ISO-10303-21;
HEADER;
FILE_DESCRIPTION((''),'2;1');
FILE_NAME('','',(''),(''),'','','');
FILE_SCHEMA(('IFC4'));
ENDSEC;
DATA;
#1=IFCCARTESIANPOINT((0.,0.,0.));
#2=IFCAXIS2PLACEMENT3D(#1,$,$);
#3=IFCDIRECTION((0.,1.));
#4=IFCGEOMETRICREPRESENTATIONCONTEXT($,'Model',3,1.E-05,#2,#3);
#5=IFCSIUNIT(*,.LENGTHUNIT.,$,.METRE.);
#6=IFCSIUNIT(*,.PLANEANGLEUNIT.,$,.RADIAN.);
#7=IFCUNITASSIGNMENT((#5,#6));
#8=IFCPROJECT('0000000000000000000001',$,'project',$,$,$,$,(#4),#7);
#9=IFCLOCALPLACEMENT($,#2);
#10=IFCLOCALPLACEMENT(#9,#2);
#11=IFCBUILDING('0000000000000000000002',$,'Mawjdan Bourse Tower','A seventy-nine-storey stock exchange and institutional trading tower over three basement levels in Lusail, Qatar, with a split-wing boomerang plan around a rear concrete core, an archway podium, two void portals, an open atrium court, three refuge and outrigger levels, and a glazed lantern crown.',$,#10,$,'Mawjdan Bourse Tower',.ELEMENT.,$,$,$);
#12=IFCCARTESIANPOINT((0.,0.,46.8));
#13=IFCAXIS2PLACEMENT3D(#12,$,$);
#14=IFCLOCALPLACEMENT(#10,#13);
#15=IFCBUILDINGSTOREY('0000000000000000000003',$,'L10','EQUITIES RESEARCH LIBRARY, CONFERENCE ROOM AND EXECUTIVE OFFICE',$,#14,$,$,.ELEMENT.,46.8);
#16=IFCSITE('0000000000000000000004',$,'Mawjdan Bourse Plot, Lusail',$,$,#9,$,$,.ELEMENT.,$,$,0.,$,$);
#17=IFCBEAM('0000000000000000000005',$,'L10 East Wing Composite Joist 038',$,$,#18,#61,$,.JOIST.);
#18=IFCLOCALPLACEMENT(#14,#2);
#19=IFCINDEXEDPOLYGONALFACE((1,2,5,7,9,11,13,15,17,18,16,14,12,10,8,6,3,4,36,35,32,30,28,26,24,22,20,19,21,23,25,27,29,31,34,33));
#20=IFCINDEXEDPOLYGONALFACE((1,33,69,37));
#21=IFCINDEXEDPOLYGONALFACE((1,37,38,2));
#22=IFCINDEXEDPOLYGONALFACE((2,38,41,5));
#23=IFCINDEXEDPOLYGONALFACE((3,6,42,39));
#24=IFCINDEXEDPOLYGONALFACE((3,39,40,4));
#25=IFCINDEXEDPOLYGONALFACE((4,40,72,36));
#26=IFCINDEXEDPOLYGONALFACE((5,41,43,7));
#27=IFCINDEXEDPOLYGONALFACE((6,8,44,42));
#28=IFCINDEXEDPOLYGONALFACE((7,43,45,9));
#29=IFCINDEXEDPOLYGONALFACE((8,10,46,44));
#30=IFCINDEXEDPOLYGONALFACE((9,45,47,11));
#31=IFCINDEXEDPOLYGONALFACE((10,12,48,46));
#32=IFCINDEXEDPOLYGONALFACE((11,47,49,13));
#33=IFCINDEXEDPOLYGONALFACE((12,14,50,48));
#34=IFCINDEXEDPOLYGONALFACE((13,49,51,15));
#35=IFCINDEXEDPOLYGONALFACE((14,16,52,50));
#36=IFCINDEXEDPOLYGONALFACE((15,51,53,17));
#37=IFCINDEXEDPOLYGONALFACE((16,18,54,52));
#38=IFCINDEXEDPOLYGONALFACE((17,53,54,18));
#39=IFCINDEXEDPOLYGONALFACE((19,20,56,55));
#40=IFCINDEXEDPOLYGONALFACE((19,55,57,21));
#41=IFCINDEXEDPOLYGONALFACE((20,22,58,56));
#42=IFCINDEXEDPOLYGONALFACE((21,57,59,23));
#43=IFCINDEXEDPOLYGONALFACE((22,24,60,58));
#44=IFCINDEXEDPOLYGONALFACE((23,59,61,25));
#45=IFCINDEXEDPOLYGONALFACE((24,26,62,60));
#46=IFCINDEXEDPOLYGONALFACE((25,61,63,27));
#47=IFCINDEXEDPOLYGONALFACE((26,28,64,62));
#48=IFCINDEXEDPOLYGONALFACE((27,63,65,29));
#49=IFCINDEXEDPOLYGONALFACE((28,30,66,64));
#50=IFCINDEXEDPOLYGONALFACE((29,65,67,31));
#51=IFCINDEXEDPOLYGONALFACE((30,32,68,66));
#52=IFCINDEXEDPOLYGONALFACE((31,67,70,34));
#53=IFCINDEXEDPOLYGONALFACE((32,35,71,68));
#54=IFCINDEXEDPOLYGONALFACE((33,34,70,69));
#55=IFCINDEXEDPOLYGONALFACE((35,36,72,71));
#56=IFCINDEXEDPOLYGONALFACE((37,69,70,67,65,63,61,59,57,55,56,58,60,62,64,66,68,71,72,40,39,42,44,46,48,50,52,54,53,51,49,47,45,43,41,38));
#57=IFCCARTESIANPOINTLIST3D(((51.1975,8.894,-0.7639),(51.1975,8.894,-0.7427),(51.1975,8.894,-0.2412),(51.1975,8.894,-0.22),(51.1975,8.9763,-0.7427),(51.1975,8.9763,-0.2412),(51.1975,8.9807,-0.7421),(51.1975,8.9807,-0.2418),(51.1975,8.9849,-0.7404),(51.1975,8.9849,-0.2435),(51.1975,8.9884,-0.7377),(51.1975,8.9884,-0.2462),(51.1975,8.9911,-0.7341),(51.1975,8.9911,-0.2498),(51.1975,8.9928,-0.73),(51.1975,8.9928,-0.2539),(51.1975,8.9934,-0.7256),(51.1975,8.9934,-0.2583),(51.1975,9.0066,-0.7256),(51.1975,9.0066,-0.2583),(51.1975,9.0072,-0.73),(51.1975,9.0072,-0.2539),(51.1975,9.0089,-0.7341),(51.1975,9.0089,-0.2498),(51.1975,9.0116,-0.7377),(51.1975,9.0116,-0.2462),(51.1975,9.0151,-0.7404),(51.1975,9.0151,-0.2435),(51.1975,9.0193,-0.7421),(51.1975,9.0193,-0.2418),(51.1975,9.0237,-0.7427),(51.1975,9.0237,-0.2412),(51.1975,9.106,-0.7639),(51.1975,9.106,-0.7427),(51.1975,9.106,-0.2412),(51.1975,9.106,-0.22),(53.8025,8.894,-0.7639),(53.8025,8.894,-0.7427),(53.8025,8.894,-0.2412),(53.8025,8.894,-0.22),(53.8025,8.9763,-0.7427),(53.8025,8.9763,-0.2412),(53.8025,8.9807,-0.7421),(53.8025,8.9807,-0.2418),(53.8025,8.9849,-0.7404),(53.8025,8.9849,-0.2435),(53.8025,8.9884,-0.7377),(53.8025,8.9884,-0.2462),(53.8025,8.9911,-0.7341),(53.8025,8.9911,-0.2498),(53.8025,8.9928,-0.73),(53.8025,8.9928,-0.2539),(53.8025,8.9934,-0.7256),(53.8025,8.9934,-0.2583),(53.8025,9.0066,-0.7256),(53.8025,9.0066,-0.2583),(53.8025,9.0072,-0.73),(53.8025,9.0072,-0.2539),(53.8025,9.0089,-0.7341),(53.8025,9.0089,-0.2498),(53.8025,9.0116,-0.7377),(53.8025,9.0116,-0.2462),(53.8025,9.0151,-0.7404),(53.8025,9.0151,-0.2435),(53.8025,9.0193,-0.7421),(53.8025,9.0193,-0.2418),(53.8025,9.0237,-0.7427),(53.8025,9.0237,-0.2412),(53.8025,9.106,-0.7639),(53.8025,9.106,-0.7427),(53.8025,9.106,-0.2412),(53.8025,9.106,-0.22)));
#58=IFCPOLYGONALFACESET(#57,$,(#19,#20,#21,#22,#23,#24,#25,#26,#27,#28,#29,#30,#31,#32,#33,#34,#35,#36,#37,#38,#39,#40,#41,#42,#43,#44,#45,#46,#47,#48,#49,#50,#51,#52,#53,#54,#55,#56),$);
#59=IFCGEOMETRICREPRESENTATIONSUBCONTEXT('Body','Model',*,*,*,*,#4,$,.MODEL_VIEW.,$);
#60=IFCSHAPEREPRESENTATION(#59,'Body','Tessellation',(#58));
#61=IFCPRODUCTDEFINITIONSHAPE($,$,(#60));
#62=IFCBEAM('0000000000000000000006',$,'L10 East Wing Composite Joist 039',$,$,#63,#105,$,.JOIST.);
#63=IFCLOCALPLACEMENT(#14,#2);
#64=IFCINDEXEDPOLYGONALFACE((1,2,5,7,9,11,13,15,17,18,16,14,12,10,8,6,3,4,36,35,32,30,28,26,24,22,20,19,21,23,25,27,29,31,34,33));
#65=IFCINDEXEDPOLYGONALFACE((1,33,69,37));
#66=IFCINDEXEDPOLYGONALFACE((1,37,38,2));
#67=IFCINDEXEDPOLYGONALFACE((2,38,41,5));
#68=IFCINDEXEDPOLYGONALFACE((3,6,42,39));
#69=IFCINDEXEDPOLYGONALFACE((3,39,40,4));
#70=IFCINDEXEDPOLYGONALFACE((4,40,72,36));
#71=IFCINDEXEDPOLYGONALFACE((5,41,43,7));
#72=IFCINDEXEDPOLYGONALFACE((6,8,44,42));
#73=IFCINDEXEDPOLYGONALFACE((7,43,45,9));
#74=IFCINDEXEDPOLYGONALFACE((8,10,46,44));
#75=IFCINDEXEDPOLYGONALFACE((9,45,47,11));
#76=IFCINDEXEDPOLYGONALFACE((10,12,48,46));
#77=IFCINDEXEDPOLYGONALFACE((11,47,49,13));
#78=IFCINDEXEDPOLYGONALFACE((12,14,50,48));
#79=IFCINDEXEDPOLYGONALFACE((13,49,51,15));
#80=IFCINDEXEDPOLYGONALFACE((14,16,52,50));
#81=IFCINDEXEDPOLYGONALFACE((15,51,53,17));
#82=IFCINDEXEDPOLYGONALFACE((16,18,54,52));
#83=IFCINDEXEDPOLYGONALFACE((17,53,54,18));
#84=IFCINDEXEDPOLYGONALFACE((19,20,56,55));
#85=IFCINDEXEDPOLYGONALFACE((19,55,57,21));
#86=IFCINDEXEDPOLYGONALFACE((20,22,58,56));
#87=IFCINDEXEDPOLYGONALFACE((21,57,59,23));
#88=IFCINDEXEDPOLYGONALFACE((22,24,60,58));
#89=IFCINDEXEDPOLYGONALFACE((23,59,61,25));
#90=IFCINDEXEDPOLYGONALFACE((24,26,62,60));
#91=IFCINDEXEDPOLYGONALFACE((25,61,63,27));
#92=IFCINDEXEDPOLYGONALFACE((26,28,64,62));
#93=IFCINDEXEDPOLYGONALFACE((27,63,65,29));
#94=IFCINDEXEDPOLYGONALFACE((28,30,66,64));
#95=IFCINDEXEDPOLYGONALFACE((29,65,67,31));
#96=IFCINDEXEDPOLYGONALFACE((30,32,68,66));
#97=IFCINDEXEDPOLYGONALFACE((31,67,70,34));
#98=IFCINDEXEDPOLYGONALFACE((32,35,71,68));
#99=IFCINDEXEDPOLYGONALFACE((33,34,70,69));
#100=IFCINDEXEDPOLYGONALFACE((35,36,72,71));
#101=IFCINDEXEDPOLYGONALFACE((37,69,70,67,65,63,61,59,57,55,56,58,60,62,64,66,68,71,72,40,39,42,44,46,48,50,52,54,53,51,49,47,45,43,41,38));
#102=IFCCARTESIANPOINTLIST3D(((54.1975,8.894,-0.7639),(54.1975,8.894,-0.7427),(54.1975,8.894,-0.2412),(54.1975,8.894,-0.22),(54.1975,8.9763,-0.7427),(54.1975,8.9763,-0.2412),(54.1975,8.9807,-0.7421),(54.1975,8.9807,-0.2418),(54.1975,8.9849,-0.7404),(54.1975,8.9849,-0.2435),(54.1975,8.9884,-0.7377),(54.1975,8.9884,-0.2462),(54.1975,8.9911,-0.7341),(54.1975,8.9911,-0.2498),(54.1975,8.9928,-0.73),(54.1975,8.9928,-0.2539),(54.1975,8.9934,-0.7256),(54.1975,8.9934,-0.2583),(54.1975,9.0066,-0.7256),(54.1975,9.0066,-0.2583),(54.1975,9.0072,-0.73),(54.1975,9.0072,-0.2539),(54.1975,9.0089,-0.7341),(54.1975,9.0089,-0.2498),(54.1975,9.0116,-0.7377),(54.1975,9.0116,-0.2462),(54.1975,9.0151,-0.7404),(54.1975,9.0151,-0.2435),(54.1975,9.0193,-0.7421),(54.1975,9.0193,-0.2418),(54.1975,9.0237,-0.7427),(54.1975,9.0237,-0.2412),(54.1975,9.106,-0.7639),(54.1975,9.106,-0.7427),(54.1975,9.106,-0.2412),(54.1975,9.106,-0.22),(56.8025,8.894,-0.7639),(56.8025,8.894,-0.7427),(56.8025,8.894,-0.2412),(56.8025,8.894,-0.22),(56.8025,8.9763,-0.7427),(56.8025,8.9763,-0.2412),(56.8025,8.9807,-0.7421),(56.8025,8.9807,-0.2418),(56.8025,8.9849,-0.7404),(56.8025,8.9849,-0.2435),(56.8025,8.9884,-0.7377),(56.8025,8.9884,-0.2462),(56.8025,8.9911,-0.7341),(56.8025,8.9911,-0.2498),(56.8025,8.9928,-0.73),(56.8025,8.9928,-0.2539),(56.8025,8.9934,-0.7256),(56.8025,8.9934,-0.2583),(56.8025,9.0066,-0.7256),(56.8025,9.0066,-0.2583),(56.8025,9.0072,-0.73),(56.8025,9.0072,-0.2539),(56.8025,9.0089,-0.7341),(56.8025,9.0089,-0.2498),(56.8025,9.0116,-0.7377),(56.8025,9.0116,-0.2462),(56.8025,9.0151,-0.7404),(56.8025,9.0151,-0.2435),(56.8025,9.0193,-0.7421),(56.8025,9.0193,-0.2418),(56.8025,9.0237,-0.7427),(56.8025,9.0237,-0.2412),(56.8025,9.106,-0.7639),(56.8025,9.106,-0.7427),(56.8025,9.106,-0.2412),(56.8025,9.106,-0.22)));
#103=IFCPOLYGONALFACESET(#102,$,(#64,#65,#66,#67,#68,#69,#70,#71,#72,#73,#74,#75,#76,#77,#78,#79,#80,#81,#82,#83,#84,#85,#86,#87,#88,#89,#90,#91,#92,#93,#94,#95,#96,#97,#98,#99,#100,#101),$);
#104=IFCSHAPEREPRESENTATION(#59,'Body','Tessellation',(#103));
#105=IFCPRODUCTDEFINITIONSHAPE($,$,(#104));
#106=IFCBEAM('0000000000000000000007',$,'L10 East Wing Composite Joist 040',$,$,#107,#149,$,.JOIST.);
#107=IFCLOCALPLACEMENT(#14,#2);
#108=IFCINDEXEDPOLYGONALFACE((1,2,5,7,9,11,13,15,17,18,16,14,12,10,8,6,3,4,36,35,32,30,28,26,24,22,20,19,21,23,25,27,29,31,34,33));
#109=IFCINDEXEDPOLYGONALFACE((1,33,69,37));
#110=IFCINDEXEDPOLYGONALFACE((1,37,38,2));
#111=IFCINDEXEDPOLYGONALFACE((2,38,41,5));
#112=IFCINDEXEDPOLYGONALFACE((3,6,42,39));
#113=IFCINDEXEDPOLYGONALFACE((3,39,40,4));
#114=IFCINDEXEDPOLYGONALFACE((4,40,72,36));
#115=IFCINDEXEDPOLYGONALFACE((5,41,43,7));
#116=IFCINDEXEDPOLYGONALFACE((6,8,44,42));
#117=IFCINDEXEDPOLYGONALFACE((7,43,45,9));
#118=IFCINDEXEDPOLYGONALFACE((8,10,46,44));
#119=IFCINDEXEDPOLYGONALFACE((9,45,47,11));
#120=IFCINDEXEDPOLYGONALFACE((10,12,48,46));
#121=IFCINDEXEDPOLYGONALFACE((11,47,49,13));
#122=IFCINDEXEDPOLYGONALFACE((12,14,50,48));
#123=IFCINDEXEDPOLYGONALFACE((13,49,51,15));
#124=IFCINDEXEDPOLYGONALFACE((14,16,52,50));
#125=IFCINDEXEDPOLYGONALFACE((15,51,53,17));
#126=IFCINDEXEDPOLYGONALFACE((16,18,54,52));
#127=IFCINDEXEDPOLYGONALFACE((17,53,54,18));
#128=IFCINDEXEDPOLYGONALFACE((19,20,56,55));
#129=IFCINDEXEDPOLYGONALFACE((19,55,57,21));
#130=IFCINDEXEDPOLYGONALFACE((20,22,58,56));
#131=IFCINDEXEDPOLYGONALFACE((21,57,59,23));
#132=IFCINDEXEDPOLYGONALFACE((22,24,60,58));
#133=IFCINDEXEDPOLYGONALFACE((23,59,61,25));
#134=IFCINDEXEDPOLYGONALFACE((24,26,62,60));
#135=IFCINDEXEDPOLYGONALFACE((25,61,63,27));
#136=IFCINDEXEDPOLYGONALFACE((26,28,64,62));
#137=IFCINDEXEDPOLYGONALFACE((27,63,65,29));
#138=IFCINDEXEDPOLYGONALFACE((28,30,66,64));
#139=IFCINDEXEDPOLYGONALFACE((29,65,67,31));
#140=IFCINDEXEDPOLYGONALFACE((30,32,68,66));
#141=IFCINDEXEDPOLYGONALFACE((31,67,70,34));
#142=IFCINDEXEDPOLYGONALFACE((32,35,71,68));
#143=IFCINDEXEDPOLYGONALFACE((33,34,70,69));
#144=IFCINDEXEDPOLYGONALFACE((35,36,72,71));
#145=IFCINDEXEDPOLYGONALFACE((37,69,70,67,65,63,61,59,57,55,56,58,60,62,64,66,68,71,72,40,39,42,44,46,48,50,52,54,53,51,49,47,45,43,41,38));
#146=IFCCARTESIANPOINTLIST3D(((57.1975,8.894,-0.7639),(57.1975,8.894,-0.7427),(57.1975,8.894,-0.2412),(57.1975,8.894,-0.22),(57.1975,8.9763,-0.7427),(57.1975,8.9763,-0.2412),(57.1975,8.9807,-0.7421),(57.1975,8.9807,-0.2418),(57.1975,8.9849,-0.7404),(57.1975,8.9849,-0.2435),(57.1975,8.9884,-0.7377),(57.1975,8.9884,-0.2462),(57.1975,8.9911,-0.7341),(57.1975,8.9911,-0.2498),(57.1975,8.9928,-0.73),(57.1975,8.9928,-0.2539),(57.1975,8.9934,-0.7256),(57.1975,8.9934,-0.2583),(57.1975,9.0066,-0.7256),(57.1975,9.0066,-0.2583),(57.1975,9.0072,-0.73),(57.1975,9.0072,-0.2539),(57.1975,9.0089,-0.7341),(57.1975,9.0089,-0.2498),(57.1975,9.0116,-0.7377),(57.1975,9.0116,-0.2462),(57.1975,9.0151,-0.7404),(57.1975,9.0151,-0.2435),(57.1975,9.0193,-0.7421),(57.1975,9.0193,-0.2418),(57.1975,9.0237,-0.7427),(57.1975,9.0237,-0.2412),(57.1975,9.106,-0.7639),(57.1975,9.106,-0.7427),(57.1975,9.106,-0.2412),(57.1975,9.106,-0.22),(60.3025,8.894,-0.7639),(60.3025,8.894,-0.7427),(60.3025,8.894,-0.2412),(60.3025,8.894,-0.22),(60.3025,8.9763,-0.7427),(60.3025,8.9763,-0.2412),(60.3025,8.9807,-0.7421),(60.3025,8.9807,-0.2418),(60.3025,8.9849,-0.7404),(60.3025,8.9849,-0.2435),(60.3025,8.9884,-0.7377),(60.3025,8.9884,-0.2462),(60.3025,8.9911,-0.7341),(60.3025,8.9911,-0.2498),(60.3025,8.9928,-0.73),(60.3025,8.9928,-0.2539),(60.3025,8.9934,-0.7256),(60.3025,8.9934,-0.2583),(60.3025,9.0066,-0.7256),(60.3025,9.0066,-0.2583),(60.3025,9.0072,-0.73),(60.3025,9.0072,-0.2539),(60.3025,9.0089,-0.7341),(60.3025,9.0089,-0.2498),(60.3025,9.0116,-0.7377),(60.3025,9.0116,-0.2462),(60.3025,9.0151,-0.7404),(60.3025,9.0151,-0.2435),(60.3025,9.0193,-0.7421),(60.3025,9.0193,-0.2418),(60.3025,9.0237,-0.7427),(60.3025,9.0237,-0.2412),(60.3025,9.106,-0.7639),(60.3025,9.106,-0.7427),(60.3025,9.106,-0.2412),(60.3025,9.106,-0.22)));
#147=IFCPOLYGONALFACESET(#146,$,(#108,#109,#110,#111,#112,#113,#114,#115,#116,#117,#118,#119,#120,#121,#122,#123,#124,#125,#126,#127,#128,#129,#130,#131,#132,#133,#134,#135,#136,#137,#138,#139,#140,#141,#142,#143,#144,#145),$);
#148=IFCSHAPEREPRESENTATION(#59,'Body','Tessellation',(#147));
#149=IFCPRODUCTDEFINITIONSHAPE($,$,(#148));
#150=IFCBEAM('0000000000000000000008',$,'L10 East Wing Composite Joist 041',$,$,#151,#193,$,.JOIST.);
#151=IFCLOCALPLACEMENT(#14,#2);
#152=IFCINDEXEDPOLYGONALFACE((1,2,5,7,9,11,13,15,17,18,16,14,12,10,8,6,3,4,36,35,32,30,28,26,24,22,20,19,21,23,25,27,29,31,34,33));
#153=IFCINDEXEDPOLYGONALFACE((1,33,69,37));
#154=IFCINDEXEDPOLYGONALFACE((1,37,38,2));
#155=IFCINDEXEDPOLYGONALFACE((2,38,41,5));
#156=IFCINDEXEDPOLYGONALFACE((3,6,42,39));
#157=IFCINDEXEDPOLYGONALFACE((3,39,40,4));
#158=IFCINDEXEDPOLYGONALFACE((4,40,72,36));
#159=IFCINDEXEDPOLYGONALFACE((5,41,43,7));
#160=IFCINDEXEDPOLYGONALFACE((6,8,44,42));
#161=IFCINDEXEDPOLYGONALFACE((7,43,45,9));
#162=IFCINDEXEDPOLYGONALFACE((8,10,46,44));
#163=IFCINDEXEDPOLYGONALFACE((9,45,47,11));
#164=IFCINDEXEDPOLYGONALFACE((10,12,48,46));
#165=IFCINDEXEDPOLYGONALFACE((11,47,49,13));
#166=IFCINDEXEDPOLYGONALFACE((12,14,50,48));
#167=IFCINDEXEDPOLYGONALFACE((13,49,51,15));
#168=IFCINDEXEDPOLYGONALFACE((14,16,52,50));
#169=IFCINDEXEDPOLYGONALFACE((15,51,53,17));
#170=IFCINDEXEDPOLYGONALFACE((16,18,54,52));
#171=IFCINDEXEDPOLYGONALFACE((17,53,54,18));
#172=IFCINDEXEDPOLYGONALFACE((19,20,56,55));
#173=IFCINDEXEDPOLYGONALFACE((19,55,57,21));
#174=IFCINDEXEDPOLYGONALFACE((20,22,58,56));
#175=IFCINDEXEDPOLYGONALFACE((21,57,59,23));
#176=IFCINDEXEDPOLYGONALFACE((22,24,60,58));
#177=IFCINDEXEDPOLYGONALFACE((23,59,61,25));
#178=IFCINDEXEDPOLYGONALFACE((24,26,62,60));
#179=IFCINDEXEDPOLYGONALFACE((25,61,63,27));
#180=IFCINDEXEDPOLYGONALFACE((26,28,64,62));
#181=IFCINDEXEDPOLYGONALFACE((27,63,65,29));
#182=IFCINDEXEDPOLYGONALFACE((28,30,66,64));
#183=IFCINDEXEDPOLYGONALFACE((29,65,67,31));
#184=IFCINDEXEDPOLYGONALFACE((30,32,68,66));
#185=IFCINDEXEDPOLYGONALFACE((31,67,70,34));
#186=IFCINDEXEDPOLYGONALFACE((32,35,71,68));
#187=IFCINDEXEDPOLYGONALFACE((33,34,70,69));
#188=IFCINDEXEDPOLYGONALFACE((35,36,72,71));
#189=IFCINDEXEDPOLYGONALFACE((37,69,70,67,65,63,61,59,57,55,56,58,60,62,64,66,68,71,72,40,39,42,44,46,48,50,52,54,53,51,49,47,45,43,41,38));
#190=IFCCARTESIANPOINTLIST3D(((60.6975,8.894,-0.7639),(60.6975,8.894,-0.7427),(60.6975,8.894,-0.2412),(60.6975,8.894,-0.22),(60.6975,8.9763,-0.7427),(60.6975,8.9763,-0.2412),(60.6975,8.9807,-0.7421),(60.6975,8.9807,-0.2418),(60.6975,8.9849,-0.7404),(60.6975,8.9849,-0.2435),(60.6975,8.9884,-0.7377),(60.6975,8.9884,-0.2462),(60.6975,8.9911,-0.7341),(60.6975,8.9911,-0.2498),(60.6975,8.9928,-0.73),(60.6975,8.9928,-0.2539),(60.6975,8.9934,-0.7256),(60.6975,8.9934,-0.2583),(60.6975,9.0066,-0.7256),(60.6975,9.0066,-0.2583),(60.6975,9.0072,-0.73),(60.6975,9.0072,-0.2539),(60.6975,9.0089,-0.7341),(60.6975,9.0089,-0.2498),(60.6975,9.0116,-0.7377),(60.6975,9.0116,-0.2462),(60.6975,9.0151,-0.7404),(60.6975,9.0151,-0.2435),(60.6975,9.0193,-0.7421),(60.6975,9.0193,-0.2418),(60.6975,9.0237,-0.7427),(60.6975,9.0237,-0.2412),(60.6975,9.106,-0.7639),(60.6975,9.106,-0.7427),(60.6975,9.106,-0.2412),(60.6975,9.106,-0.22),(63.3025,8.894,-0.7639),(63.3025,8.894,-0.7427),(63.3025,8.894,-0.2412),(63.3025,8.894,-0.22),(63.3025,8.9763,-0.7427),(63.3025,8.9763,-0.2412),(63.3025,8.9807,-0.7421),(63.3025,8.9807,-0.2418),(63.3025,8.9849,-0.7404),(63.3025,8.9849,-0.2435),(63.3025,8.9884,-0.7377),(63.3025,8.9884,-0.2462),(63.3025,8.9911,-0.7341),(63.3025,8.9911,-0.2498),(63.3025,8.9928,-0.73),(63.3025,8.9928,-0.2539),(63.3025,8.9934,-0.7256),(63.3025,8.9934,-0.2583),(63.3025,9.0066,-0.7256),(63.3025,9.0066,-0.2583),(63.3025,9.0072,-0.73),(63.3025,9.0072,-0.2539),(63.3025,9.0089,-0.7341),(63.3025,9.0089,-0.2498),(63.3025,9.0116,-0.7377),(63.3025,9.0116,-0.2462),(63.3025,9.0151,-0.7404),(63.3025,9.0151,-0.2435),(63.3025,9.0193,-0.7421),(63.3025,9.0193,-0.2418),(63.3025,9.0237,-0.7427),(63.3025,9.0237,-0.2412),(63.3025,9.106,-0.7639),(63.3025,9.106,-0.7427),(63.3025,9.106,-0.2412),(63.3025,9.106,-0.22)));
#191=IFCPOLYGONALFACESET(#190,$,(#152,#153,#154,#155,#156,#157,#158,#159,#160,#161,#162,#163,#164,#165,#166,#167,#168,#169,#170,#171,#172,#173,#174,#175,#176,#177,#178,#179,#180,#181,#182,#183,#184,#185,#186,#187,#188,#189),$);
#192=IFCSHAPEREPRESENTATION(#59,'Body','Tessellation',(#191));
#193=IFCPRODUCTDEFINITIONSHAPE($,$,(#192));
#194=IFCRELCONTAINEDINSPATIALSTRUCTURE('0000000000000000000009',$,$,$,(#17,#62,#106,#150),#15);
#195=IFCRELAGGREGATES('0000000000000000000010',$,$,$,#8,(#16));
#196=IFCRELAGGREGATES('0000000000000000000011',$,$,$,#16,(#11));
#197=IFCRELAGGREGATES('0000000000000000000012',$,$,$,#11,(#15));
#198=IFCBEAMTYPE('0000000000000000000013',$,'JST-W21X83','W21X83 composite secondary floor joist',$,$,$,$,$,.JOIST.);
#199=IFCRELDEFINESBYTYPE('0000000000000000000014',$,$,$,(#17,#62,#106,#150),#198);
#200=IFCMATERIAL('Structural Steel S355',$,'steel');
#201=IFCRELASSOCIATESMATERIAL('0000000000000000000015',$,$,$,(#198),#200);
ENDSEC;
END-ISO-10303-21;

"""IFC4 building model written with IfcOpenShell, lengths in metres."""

from ifc_helpers import new_model, si_unit, direction, frame, origin, origin_2d, place, context, subcontext, project, spatial, i_section, extrude, material, material_profile, profile_set, type_object, element, save


model = new_model("IFC4")

# Units and contexts
model_context = context("Model", 3, precision=1e-05, world=origin(), true_north=direction((0.0, 1.0)))
body_context = subcontext(model_context, "Body", "Model", "MODEL_VIEW")
ifc_project = project(units=[si_unit("LENGTHUNIT", "METRE"), si_unit("PLANEANGLEUNIT", "RADIAN")], contexts=[model_context])

# Site, building, storey
site_placement = place(None, origin())
site = spatial("IfcSite", under=ifc_project, at=site_placement, Name="Mawjdan Bourse Plot, Lusail", CompositionType="ELEMENT", RefElevation=0.0)
building_placement = place(site_placement, origin())
building = spatial("IfcBuilding", under=site, at=building_placement, Name="Mawjdan Bourse Tower", Description="A seventy-nine-storey stock exchange and institutional trading tower over three basement levels in Lusail, Qatar, with a split-wing boomerang plan around a rear concrete core, an archway podium, two void portals, an open atrium court, three refuge and outrigger levels, and a glazed lantern crown.", LongName="Mawjdan Bourse Tower", CompositionType="ELEMENT")
storey_placement = place(building_placement, frame((0.0, 0.0, 46.8)))
storey = spatial("IfcBuildingStorey", under=building, at=storey_placement, Name="L10", Description="EQUITIES RESEARCH LIBRARY, CONFERENCE ROOM AND EXECUTIVE OFFICE", CompositionType="ELEMENT", Elevation=46.8)

# Beams
ifc_material_1 = material(Name="Structural Steel S355", Category="steel")
ifc_material_profile_1 = material_profile(ifc_material_1, i_section(OverallWidth=0.2119, OverallDepth=0.5439, WebThickness=0.0132, FlangeThickness=0.0212, FilletRadius=0.0171, at=origin_2d()), Name="W21X83")
ifc_profile_set_1 = profile_set([ifc_material_profile_1], Name="Structural Steel S355")
beam_type_1 = type_object("IfcBeamType", Name="JST-W21X83", Description="W21X83 composite secondary floor joist", PredefinedType="JOIST", material=ifc_profile_set_1)
for number, where, z_axis, x_axis, name in (
    (1, (51.1975, 9.0, -0.4919), (1.0, 0.0, 0.0), (0.0, 1.0, 0.0), "L10 East Wing Composite Joist 038"),
    (2, (54.1975, 9.0, -0.4919), (1.0, 0.0, 0.0), (0.0, 1.0, 0.0), "L10 East Wing Composite Joist 039"),
):
    element("IfcBeam", number, at=place(storey_placement, frame(where, z_axis=z_axis, x_axis=x_axis)), inside=storey, type_object=beam_type_1, Name=name, PredefinedType="JOIST", context=body_context, shape_type="SweptSolid", body=[
        extrude(i_section(OverallWidth=0.2119, OverallDepth=0.5439, WebThickness=0.0132, FlangeThickness=0.0212, FilletRadius=0.0171, at=origin_2d()), origin(), (0.0, 0.0, 1.0), 2.605),
    ])
beam_1_placement = place(storey_placement, frame((57.1975, 9.0, -0.4919), z_axis=(1.0, 0.0, 0.0), x_axis=(0.0, 1.0, 0.0)))
element("IfcBeam", 3, at=beam_1_placement, inside=storey, type_object=beam_type_1, Name="L10 East Wing Composite Joist 040", PredefinedType="JOIST", context=body_context, shape_type="SweptSolid", body=[
    extrude(i_section(OverallWidth=0.2119, OverallDepth=0.5439, WebThickness=0.0132, FlangeThickness=0.0212, FilletRadius=0.0171, at=origin_2d()), origin(), (0.0, 0.0, 1.0), 3.105),
])
for number, where, z_axis, x_axis, name in (
    (4, (60.6975, 9.0, -0.4919), (1.0, 0.0, 0.0), (0.0, 1.0, 0.0), "L10 East Wing Composite Joist 041"),
):
    element("IfcBeam", number, at=place(storey_placement, frame(where, z_axis=z_axis, x_axis=x_axis)), inside=storey, type_object=beam_type_1, Name=name, PredefinedType="JOIST", context=body_context, shape_type="SweptSolid", body=[
        extrude(i_section(OverallWidth=0.2119, OverallDepth=0.5439, WebThickness=0.0132, FlangeThickness=0.0212, FilletRadius=0.0171, at=origin_2d()), origin(), (0.0, 0.0, 1.0), 2.605),
    ])

save(model, "model.ifc")
